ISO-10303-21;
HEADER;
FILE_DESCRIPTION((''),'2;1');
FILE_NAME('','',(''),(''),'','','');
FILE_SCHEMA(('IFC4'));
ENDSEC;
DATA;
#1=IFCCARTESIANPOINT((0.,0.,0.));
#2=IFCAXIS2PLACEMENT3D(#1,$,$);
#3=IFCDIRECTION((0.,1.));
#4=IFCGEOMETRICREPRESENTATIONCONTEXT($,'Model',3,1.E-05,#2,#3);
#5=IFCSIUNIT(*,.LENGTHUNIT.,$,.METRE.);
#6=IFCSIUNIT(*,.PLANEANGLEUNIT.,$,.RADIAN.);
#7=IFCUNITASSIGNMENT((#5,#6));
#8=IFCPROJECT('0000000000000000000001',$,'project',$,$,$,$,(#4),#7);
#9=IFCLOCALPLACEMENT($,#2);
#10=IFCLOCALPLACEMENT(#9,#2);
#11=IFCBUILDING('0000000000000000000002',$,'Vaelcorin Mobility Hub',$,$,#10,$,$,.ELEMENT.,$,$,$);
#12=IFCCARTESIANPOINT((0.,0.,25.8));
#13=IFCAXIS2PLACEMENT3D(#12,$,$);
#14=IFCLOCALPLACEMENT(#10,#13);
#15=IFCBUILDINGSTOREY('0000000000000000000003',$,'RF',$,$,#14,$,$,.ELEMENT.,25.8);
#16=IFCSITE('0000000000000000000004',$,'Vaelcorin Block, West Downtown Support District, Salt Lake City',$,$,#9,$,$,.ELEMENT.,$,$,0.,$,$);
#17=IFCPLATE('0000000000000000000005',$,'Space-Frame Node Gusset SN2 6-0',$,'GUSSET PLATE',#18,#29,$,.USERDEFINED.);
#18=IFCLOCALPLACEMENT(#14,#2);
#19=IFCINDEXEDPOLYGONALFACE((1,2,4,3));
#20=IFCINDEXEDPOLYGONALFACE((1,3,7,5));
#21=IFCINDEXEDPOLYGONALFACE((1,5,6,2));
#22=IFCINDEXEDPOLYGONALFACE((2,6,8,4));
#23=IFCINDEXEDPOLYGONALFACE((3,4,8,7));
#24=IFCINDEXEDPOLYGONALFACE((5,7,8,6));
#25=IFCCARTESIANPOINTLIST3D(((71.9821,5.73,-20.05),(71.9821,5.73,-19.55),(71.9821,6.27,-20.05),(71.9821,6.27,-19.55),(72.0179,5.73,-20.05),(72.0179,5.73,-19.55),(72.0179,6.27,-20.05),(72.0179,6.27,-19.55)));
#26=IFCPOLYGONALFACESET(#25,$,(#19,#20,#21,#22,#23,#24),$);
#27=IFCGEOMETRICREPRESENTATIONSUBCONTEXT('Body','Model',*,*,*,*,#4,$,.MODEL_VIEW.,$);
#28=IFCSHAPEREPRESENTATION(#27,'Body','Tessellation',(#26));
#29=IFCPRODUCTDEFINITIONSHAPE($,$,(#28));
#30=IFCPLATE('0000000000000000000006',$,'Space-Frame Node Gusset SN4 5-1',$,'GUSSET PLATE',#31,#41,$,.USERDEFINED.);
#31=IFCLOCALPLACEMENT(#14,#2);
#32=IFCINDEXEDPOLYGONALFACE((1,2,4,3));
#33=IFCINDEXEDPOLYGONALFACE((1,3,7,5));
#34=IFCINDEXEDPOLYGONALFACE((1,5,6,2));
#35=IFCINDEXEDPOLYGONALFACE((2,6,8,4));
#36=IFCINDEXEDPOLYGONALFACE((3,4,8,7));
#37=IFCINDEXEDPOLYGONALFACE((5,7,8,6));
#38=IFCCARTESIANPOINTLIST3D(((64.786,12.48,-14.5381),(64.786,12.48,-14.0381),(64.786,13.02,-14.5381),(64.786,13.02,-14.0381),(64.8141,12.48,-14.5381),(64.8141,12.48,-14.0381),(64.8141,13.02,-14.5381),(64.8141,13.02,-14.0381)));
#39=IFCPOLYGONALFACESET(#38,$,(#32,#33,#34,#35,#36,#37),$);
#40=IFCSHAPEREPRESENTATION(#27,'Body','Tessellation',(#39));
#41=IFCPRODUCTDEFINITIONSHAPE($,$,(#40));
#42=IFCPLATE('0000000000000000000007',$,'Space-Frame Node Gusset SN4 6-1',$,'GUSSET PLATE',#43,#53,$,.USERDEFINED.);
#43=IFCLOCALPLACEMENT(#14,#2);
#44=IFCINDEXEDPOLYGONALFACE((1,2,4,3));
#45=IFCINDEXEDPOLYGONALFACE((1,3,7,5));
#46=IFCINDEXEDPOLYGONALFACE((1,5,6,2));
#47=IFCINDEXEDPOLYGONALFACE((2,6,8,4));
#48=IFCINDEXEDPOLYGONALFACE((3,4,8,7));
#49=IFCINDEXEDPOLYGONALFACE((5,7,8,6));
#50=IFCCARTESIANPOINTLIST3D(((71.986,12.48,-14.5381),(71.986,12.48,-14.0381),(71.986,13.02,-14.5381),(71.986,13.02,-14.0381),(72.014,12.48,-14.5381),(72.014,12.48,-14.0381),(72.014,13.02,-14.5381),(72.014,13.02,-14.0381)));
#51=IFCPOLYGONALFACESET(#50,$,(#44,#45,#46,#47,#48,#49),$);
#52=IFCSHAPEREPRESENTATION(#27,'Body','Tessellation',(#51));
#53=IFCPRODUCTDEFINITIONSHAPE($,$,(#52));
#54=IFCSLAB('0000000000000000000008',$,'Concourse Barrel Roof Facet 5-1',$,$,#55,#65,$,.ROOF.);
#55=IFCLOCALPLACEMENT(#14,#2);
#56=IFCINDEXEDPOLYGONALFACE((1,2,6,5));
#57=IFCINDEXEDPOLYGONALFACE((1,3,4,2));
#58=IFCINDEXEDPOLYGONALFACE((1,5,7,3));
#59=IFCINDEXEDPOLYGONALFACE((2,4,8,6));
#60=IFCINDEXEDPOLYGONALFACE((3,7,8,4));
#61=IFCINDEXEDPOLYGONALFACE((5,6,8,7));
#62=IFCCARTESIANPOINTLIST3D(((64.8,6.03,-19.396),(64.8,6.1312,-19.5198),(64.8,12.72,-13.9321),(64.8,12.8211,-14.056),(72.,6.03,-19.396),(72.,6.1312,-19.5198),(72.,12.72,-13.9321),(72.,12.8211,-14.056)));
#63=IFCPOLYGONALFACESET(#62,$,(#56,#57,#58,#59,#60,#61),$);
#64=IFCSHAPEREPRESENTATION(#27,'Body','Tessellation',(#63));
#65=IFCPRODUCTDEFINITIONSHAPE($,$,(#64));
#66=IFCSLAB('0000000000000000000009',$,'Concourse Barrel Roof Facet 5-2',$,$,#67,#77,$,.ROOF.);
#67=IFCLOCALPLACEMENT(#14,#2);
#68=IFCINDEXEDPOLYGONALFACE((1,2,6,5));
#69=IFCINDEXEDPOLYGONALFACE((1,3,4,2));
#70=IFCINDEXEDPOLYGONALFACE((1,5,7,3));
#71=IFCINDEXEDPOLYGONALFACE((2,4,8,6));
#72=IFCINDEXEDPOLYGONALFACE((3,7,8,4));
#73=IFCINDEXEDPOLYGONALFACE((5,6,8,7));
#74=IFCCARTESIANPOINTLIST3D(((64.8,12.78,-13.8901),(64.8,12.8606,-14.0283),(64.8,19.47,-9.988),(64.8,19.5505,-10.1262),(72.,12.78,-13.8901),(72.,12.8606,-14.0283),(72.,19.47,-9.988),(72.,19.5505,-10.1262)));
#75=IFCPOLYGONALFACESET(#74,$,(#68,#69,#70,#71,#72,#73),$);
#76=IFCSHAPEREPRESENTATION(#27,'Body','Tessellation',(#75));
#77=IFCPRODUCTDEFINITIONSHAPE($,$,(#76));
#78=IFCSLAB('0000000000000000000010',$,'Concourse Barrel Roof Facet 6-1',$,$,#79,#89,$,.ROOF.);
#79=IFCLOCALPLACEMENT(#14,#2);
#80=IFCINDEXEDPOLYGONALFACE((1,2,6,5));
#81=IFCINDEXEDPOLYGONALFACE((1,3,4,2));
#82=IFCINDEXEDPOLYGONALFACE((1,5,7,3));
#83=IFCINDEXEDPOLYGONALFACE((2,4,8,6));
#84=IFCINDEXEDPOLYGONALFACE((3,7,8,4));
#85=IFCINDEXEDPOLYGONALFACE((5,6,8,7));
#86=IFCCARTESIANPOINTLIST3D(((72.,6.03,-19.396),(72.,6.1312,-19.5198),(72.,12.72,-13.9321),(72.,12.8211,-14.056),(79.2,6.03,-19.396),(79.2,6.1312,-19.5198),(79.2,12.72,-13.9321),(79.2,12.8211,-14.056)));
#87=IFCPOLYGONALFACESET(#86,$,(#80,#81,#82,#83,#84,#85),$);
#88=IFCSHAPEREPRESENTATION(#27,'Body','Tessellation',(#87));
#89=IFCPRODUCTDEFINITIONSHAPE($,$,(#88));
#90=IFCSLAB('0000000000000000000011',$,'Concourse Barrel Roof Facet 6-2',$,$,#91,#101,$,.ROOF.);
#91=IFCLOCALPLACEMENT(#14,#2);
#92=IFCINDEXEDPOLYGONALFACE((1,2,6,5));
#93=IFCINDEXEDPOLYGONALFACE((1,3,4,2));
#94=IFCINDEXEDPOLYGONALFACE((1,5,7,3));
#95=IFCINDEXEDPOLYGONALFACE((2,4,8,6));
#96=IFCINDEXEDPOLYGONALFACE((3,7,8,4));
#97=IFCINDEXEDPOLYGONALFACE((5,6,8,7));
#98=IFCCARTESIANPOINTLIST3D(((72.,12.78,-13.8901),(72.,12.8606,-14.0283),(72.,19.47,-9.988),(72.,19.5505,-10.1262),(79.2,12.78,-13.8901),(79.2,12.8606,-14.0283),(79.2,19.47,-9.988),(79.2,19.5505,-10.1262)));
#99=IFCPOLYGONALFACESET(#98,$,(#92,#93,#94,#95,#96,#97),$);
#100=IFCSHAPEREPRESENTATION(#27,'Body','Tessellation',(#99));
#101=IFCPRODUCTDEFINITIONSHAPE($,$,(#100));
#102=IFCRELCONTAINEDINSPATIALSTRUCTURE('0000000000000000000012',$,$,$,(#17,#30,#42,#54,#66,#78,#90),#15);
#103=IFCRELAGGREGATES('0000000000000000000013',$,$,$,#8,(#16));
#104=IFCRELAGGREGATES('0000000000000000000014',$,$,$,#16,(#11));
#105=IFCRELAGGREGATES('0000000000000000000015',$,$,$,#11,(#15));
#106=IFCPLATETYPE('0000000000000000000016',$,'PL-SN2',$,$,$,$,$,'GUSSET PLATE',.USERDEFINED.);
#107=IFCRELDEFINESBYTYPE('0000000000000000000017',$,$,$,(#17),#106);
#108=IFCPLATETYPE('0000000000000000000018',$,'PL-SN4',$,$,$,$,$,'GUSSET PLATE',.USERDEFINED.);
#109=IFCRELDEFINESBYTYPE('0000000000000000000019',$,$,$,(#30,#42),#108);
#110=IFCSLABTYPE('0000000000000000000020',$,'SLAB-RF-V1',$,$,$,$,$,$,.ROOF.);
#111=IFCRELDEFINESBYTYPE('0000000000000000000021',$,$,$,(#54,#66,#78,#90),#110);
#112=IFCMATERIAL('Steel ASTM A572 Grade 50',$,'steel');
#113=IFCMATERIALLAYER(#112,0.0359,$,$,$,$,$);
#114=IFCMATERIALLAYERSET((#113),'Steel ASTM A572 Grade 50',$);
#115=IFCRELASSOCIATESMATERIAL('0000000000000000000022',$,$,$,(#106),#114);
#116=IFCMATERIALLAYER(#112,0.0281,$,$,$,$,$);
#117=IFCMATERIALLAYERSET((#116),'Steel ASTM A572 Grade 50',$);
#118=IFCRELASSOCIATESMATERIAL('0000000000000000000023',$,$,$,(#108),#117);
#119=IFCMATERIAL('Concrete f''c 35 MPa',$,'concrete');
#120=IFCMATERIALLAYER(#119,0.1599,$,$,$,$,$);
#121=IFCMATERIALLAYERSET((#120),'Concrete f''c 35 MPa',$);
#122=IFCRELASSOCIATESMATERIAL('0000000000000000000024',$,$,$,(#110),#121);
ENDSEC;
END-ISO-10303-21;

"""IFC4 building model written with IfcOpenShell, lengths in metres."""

from ifc_helpers import new_model, si_unit, direction, frame, origin, origin_2d, place, context, subcontext, project, spatial, polyline, rectangle, outline, extrude, material, layer, layer_set, type_object, element, save


model = new_model("IFC4")

# Units and contexts
model_context = context("Model", 3, precision=1e-05, world=origin(), true_north=direction((0.0, 1.0)))
body_context = subcontext(model_context, "Body", "Model", "MODEL_VIEW")
ifc_project = project(units=[si_unit("LENGTHUNIT", "METRE"), si_unit("PLANEANGLEUNIT", "RADIAN")], contexts=[model_context])

# Site, building, storey
site_placement = place(None, origin())
site = spatial("IfcSite", under=ifc_project, at=site_placement, Name="Vaelcorin Block, West Downtown Support District, Salt Lake City", CompositionType="ELEMENT", RefElevation=0.0)
building_placement = place(site_placement, origin())
building = spatial("IfcBuilding", under=site, at=building_placement, Name="Vaelcorin Mobility Hub", CompositionType="ELEMENT")
storey_placement = place(building_placement, frame((0.0, 0.0, 25.8)))
storey = spatial("IfcBuildingStorey", under=building, at=storey_placement, Name="RF", CompositionType="ELEMENT", Elevation=25.8)

# Plates
ifc_material_1 = material(Name="Steel ASTM A572 Grade 50", Category="steel")
ifc_layer_1 = layer(ifc_material_1, 0.0359)
ifc_layer_set_1 = layer_set([ifc_layer_1], Name="Steel ASTM A572 Grade 50")
plate_type_1 = type_object("IfcPlateType", Name="PL-SN2", ElementType="GUSSET PLATE", PredefinedType="USERDEFINED", material=ifc_layer_set_1)
plate_placement = place(storey_placement, frame((72.0, 6.0, -20.05), z_axis=(0.0, 0.0, 1.0), x_axis=(1.0, 0.0, 0.0)))
element("IfcPlate", 1, at=plate_placement, inside=storey, type_object=plate_type_1, Name="Space-Frame Node Gusset SN2 6-0", ObjectType="GUSSET PLATE", PredefinedType="USERDEFINED", context=body_context, shape_type="SweptSolid", body=[
    extrude(rectangle(XDim=0.0359, YDim=0.54, at=origin_2d()), origin(), (0.0, 0.0, 1.0), 0.5),
])
ifc_layer_2 = layer(ifc_material_1, 0.0281)
ifc_layer_set_2 = layer_set([ifc_layer_2], Name="Steel ASTM A572 Grade 50")
plate_type_2 = type_object("IfcPlateType", Name="PL-SN4", ElementType="GUSSET PLATE", PredefinedType="USERDEFINED", material=ifc_layer_set_2)
for number, where, z_axis, x_axis, name in (
    (2, (64.8, 12.75, -14.5381), (0.0, 0.0, 1.0), (1.0, 0.0, 0.0), "Space-Frame Node Gusset SN4 5-1"),
    (3, (72.0, 12.75, -14.5381), (0.0, 0.0, 1.0), (1.0, 0.0, 0.0), "Space-Frame Node Gusset SN4 6-1"),
):
    element("IfcPlate", number, at=place(storey_placement, frame(where, z_axis=z_axis, x_axis=x_axis)), inside=storey, type_object=plate_type_2, Name=name, ObjectType="GUSSET PLATE", PredefinedType="USERDEFINED", context=body_context, shape_type="SweptSolid", body=[
        extrude(rectangle(XDim=0.0281, YDim=0.54, at=origin_2d()), origin(), (0.0, 0.0, 1.0), 0.5),
    ])

# Slabs
ifc_material_2 = material(Name="Concrete f'c 35 MPa", Category="concrete")
ifc_layer_3 = layer(ifc_material_2, 0.1599)
ifc_layer_set_3 = layer_set([ifc_layer_3], Name="Concrete f'c 35 MPa")
slab_type = type_object("IfcSlabType", Name="SLAB-RF-V1", PredefinedType="ROOF", material=ifc_layer_set_3)
slab_1_placement = place(storey_placement, frame((64.8, 6.03, -19.396), z_axis=(0.0, -0.632563, 0.774509), x_axis=(1.0, 0.0, 0.0)))
element("IfcSlab", 4, at=slab_1_placement, inside=storey, type_object=slab_type, Name="Concourse Barrel Roof Facet 5-1", PredefinedType="ROOF", context=body_context, shape_type="SweptSolid", body=[
    extrude(outline(polyline([(0.0, 0.0), (7.2, 0.0), (7.2, 8.6377), (0.0, 8.6377), (0.0, 0.0)])), origin(), (0.0, 0.0, -1.0), 0.1599),
])
slab_2_placement = place(storey_placement, frame((64.8, 12.78, -13.8901), z_axis=(0.0, -0.503836, 0.863799), x_axis=(1.0, 0.0, 0.0)))
element("IfcSlab", 5, at=slab_2_placement, inside=storey, type_object=slab_type, Name="Concourse Barrel Roof Facet 5-2", PredefinedType="ROOF", context=body_context, shape_type="SweptSolid", body=[
    extrude(outline(polyline([(0.0, 0.0), (7.2, 0.0), (7.2, 7.7448), (0.0, 7.7448), (0.0, 0.0)])), origin(), (0.0, 0.0, -1.0), 0.1599),
])
slab_3_placement = place(storey_placement, frame((72.0, 6.03, -19.396), z_axis=(0.0, -0.632563, 0.774509), x_axis=(1.0, 0.0, 0.0)))
element("IfcSlab", 6, at=slab_3_placement, inside=storey, type_object=slab_type, Name="Concourse Barrel Roof Facet 6-1", PredefinedType="ROOF", context=body_context, shape_type="SweptSolid", body=[
    extrude(outline(polyline([(0.0, 0.0), (7.2, 0.0), (7.2, 8.6377), (0.0, 8.6377), (0.0, 0.0)])), origin(), (0.0, 0.0, -1.0), 0.1599),
])
slab_4_placement = place(storey_placement, frame((72.0, 12.78, -13.8901), z_axis=(0.0, -0.503836, 0.863799), x_axis=(1.0, 0.0, 0.0)))
element("IfcSlab", 7, at=slab_4_placement, inside=storey, type_object=slab_type, Name="Concourse Barrel Roof Facet 6-2", PredefinedType="ROOF", context=body_context, shape_type="SweptSolid", body=[
    extrude(outline(polyline([(0.0, 0.0), (7.2, 0.0), (7.2, 7.7448), (0.0, 7.7448), (0.0, 0.0)])), origin(), (0.0, 0.0, -1.0), 0.1599),
])

save(model, "model.ifc")
